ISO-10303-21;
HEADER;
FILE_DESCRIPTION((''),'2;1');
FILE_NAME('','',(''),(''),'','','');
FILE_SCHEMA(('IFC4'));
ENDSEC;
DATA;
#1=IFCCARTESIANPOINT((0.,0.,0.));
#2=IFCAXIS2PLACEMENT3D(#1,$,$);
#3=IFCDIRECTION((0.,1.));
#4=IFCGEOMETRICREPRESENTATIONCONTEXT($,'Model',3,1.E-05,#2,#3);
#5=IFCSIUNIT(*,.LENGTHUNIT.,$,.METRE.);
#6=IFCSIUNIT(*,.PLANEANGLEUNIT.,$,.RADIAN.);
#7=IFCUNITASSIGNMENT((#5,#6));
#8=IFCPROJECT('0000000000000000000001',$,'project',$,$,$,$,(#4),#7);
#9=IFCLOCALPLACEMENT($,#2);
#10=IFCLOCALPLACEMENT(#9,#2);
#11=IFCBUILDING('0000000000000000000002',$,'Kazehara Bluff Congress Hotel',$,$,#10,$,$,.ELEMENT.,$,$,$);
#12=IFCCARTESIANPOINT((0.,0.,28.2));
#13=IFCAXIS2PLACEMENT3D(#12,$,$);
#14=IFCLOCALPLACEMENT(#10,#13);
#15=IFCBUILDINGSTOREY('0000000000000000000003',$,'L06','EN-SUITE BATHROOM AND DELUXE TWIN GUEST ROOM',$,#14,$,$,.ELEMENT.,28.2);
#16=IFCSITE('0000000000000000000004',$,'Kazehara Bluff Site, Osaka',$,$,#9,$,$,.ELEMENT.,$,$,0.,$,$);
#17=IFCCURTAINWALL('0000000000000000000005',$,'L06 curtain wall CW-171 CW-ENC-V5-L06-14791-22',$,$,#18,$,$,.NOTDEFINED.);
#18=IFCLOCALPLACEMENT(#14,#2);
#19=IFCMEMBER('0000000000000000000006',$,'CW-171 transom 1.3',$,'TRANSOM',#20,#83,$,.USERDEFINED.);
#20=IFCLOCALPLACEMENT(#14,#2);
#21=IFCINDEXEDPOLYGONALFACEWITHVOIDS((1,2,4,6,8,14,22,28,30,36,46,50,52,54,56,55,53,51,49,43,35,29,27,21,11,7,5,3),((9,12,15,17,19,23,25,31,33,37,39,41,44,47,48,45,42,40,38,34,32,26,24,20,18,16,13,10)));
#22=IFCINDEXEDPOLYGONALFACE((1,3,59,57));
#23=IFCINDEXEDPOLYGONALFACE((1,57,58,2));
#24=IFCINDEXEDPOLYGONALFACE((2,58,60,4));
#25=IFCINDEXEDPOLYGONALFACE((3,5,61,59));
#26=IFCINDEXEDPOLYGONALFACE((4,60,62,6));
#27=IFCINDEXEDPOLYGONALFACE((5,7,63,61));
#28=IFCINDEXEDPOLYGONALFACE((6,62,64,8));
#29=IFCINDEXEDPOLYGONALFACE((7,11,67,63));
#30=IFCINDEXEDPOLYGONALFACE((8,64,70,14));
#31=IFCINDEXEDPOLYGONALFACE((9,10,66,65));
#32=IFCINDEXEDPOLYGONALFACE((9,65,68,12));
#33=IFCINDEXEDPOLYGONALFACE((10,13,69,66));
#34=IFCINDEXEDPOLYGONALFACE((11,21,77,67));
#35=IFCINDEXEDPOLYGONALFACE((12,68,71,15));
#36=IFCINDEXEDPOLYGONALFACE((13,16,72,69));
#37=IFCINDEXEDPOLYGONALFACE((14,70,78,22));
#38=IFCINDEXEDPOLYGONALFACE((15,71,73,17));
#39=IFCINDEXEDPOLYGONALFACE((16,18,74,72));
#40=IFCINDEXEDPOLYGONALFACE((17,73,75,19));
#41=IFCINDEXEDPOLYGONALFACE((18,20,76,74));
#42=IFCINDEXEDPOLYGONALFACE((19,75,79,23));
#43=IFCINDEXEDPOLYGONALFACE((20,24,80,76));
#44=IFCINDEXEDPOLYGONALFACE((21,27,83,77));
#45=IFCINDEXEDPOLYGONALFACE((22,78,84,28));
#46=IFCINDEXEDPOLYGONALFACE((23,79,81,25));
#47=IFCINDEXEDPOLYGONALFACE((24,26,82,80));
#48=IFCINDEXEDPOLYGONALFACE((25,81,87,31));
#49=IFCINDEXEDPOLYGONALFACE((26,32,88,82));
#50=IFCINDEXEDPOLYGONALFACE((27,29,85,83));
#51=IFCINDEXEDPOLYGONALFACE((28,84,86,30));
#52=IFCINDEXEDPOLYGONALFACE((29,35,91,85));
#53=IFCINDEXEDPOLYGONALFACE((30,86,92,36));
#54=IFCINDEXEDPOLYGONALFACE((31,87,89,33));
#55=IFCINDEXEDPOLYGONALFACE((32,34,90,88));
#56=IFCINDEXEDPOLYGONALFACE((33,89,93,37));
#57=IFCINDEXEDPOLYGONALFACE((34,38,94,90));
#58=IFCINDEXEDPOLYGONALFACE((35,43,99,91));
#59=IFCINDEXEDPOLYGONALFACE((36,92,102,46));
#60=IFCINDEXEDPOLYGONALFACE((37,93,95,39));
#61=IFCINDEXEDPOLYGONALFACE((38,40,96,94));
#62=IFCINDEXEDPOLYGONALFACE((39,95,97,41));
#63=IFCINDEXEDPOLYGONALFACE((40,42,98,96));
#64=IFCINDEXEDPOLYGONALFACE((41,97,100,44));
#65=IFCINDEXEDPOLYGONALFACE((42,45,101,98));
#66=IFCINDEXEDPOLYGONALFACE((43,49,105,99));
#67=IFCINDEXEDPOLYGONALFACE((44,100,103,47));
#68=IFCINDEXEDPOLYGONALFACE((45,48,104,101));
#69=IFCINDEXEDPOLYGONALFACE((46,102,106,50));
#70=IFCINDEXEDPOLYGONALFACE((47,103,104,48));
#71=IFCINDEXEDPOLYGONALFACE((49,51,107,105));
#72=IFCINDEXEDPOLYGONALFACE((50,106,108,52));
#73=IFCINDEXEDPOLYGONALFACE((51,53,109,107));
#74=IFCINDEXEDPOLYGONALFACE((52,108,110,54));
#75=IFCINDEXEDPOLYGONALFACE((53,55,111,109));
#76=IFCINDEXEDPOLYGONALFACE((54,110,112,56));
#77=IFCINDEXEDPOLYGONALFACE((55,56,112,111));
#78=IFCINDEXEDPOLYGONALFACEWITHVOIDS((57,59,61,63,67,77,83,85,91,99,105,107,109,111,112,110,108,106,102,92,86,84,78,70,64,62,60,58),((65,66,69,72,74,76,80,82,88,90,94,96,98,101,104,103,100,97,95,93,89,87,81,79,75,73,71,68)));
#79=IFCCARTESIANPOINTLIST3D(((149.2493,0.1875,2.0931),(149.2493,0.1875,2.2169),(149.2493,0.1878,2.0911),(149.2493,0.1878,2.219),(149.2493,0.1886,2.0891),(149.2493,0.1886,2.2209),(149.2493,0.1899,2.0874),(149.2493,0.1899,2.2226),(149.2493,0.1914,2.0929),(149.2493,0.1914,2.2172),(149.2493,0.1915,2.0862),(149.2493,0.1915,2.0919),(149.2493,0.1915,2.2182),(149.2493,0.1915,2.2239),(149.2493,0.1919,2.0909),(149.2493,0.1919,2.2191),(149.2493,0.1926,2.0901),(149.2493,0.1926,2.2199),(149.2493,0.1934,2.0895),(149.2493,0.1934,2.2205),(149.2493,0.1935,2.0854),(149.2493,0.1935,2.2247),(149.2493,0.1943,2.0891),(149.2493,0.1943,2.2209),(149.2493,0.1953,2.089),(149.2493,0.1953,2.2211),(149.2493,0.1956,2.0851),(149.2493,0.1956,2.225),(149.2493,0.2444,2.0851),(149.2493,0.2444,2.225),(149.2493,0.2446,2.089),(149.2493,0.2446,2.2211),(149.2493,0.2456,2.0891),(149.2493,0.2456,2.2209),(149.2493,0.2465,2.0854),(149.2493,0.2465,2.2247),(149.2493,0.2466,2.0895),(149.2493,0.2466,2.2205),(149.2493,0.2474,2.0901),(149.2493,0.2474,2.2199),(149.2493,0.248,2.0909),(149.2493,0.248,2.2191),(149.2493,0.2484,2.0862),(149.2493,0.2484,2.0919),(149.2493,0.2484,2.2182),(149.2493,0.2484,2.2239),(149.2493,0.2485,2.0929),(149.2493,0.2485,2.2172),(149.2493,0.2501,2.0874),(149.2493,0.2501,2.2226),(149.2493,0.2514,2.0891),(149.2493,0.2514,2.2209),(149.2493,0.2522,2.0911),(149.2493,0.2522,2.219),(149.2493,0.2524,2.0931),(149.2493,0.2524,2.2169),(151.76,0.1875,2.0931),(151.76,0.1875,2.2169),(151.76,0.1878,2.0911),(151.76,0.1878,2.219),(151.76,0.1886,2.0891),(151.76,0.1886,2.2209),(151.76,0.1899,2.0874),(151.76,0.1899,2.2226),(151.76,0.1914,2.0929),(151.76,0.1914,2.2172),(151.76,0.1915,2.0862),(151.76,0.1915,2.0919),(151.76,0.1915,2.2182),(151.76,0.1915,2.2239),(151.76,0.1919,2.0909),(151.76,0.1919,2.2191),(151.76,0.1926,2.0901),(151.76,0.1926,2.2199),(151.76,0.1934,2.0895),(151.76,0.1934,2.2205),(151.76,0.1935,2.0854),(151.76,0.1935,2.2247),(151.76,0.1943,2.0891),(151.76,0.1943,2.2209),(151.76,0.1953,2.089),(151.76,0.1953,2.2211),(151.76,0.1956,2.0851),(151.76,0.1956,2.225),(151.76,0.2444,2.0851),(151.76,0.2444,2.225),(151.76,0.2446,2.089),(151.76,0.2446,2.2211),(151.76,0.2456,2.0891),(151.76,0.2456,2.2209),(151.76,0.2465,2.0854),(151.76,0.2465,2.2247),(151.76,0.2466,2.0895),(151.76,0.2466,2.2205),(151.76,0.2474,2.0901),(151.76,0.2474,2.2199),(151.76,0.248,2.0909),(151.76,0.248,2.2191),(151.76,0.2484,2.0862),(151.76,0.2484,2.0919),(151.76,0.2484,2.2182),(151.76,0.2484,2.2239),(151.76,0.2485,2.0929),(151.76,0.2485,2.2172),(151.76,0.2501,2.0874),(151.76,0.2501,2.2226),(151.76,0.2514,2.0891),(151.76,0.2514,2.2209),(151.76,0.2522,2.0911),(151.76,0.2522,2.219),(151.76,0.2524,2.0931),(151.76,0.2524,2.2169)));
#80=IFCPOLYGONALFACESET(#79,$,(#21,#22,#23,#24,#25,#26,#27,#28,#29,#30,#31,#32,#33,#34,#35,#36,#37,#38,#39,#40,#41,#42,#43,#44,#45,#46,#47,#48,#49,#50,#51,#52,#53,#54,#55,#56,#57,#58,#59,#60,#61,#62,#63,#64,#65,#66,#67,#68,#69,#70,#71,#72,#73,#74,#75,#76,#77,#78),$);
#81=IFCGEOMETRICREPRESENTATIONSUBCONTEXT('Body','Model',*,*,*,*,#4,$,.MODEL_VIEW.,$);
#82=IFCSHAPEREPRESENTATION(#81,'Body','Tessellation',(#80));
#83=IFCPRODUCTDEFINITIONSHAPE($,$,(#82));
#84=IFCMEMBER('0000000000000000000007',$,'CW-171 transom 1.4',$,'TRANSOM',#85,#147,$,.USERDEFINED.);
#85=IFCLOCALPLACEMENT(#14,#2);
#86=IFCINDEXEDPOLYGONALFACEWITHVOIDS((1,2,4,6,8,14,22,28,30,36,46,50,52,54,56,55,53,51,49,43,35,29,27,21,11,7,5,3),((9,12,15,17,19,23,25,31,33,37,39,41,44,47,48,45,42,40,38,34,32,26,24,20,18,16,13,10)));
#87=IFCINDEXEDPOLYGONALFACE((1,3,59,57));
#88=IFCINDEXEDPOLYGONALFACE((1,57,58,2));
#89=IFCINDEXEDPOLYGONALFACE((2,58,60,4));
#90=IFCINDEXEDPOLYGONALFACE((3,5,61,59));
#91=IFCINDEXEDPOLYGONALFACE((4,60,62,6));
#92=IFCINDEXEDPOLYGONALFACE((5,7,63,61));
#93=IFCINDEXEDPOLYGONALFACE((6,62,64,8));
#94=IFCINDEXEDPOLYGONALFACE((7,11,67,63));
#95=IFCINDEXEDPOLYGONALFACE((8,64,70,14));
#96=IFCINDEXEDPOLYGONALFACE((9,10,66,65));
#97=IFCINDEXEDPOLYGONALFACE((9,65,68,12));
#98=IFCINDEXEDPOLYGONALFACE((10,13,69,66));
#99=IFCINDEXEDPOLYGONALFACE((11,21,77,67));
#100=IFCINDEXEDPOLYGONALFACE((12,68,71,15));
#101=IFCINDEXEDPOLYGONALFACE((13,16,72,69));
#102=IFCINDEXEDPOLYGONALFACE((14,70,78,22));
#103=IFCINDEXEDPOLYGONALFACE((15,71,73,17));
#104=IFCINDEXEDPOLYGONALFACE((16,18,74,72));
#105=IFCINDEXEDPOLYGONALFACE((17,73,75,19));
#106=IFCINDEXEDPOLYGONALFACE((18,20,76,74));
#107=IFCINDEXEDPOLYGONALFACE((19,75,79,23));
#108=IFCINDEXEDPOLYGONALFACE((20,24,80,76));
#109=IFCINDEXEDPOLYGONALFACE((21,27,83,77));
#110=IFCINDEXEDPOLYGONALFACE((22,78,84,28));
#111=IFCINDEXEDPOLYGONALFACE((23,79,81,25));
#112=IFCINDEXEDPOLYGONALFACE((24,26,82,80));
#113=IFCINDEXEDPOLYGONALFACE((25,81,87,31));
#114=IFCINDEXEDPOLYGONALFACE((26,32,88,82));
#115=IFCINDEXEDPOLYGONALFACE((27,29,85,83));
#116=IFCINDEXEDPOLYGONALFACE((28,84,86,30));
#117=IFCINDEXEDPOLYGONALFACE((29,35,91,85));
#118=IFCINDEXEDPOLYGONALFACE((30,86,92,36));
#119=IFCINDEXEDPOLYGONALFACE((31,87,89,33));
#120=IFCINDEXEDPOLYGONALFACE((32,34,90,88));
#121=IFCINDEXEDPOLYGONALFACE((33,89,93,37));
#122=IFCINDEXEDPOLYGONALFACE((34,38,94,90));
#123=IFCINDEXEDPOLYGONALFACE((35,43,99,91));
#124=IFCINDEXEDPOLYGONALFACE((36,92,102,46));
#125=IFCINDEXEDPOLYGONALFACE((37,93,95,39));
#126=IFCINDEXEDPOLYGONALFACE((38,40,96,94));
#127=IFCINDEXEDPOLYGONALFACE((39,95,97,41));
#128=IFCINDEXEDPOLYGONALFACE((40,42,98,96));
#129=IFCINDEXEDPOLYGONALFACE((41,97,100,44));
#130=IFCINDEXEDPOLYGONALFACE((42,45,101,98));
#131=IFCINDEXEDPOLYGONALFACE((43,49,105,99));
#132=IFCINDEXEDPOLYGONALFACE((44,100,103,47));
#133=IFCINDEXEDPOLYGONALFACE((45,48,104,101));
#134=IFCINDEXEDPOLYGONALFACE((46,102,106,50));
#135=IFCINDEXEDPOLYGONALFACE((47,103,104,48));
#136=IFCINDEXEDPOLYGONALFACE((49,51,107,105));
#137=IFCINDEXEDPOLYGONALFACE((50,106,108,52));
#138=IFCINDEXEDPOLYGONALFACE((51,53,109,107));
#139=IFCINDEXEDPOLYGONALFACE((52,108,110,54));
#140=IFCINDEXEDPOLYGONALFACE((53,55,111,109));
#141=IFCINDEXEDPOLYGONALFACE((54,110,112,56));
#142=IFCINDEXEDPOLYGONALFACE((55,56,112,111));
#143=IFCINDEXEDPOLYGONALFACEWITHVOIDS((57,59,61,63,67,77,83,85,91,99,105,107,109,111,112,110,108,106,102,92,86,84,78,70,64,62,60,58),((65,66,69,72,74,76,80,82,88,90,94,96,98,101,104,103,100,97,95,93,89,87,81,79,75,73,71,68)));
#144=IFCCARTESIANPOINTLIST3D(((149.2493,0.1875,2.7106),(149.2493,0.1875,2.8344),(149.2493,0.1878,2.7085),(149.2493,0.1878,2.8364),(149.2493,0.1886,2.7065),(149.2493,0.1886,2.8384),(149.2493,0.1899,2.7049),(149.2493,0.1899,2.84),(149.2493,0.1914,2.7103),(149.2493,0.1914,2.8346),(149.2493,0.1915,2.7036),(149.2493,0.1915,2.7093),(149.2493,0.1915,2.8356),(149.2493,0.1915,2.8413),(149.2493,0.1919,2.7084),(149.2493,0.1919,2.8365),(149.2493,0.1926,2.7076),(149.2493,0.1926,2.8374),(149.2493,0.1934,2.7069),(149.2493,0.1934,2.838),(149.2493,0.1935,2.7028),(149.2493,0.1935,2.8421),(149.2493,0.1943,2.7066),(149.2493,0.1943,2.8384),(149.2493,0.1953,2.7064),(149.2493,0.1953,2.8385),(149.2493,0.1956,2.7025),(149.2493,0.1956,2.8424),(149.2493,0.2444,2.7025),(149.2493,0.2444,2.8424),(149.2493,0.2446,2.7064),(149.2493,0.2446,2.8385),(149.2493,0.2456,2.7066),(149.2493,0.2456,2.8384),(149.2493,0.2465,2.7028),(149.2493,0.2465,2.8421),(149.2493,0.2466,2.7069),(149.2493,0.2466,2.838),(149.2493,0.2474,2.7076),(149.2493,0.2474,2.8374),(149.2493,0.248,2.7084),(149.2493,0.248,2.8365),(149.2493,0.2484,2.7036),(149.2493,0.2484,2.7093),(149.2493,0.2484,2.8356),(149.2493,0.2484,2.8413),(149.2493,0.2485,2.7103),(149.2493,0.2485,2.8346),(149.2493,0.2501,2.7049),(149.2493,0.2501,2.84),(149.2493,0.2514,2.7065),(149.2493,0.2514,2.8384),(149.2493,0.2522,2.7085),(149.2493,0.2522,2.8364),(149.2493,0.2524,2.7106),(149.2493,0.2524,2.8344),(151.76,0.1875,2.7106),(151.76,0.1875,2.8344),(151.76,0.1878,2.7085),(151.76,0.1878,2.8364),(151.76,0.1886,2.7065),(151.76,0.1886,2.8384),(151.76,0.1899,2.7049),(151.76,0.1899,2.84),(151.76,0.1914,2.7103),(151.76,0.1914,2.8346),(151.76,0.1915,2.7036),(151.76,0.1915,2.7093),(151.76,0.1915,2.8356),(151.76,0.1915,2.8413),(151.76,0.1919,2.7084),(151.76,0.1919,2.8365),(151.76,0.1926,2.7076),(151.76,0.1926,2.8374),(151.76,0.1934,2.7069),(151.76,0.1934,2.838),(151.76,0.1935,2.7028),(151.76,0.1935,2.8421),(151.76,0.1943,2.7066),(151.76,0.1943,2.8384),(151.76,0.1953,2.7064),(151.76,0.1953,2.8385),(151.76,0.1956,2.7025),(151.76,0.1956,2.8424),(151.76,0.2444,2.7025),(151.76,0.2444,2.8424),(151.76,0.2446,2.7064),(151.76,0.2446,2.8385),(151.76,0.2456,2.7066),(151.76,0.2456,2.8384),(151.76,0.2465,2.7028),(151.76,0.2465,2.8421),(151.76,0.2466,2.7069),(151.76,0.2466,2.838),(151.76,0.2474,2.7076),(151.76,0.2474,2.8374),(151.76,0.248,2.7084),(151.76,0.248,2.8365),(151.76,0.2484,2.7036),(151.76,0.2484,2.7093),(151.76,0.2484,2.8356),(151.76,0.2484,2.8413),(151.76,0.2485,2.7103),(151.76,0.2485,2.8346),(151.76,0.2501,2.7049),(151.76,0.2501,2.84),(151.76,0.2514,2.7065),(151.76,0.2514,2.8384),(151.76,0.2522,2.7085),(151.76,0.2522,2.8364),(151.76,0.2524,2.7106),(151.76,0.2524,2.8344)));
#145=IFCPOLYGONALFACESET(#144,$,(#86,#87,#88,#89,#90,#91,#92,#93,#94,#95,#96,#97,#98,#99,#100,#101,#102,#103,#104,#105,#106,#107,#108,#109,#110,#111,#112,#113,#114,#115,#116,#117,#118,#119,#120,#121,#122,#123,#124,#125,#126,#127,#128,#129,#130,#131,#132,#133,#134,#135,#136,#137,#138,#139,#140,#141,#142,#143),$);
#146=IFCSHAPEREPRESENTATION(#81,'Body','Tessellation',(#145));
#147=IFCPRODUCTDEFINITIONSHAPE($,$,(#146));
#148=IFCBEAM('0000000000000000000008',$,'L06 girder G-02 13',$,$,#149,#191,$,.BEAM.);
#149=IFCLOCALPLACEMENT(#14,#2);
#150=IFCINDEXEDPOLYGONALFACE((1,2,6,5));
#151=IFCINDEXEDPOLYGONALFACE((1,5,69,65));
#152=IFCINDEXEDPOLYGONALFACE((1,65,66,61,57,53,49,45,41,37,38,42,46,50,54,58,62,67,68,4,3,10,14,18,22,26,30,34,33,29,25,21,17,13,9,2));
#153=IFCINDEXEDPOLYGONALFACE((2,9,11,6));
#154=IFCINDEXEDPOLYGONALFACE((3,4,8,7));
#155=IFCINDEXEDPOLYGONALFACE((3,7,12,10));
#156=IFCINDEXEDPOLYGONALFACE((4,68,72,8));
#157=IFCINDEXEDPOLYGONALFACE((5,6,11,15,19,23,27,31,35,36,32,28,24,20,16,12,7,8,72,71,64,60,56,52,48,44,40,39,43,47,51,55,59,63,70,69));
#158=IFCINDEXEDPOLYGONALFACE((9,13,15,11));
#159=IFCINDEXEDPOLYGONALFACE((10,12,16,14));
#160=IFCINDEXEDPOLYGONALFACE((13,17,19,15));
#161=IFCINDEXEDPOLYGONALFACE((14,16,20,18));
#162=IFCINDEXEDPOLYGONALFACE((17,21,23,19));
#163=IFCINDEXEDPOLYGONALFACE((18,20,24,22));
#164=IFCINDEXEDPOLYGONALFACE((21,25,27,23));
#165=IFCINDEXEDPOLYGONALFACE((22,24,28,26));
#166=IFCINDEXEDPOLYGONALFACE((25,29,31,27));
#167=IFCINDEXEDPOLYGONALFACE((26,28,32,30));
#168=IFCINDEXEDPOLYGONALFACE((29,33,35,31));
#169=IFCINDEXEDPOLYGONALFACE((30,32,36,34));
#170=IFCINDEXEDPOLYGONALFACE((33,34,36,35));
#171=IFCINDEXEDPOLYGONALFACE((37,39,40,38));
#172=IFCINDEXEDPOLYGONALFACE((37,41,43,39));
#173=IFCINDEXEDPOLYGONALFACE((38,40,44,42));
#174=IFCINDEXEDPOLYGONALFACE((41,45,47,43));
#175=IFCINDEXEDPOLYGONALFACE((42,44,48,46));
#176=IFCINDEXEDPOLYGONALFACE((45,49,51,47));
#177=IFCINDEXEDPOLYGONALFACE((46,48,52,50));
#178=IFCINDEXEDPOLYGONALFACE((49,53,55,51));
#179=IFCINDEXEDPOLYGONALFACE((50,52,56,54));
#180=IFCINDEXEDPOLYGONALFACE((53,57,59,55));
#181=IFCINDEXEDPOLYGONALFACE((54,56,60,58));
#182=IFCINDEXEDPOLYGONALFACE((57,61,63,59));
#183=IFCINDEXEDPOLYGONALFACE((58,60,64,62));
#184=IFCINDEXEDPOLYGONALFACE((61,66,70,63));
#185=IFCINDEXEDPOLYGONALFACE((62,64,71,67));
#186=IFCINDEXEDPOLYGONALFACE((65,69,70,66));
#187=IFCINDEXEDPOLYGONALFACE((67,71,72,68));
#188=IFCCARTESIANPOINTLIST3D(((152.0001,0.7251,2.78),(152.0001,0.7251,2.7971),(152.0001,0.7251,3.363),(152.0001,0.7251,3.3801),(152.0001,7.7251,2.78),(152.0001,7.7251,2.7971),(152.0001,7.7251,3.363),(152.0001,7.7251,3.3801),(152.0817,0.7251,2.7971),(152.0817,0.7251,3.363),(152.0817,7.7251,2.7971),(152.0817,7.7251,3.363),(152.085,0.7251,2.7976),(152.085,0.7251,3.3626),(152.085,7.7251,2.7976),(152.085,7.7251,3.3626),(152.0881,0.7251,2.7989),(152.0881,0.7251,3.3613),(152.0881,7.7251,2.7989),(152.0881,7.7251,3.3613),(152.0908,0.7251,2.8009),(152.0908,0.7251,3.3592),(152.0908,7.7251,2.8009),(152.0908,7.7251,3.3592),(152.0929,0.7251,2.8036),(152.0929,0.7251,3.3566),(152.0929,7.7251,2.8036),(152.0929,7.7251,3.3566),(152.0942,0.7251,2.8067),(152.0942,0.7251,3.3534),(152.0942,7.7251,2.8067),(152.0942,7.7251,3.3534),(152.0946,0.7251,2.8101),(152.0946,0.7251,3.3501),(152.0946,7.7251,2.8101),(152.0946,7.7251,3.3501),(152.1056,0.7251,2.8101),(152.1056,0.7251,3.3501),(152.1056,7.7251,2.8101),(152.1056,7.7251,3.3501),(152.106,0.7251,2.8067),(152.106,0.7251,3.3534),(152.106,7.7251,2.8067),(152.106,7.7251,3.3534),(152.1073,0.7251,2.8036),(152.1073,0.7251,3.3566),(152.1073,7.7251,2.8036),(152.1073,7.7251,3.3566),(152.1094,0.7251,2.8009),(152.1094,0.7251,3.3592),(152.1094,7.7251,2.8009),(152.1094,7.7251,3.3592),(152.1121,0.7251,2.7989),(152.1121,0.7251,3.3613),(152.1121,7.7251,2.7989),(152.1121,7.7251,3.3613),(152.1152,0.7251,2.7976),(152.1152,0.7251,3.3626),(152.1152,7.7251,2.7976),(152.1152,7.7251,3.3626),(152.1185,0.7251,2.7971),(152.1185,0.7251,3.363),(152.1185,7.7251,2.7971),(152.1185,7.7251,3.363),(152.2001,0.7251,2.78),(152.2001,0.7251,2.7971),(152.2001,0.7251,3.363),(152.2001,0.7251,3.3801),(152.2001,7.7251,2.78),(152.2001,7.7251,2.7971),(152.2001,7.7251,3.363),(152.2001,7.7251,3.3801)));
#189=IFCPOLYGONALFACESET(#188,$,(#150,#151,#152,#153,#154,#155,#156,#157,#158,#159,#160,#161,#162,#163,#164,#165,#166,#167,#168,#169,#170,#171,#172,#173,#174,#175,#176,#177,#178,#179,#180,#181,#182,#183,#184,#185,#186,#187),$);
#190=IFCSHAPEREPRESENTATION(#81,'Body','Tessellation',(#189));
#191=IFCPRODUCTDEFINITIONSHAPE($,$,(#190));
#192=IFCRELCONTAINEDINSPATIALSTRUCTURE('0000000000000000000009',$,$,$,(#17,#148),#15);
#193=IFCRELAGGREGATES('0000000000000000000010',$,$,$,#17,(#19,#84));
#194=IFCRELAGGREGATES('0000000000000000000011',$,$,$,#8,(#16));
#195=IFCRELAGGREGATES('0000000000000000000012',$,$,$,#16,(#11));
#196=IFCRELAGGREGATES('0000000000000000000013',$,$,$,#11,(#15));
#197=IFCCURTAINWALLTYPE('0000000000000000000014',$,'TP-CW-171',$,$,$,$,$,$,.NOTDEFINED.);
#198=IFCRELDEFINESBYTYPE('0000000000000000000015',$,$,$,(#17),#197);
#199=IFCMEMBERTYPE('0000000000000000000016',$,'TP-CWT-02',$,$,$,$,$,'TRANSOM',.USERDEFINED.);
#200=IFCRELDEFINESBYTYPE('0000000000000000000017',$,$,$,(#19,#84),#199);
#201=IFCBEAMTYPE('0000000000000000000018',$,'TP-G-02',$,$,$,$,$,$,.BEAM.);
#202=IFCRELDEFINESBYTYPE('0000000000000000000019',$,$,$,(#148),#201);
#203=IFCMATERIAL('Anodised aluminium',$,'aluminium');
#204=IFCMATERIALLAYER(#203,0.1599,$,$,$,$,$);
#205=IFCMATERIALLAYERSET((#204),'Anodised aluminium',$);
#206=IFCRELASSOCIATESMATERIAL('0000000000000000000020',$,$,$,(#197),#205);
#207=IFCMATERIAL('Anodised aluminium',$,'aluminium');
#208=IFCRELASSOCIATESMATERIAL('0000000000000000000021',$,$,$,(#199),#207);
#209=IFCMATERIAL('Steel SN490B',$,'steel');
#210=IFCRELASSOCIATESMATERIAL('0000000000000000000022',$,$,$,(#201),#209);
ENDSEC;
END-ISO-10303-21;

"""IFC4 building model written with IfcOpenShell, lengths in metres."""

from ifc_helpers import new_model, si_unit, direction, frame, origin, origin_2d, place, context, subcontext, project, spatial, hollow_rectangle, i_section, extrude, material, layer, layer_set, material_profile, profile_set, type_object, element, aggregate, save


model = new_model("IFC4")

# Units and contexts
model_context = context("Model", 3, precision=1e-05, world=origin(), true_north=direction((0.0, 1.0)))
body_context = subcontext(model_context, "Body", "Model", "MODEL_VIEW")
ifc_project = project(units=[si_unit("LENGTHUNIT", "METRE"), si_unit("PLANEANGLEUNIT", "RADIAN")], contexts=[model_context])

# Site, building, storey
site_placement = place(None, origin())
site = spatial("IfcSite", under=ifc_project, at=site_placement, Name="Kazehara Bluff Site, Osaka", CompositionType="ELEMENT", RefElevation=0.0)
building_placement = place(site_placement, origin())
building = spatial("IfcBuilding", under=site, at=building_placement, Name="Kazehara Bluff Congress Hotel", CompositionType="ELEMENT")
storey_placement = place(building_placement, frame((0.0, 0.0, 28.2)))
storey = spatial("IfcBuildingStorey", under=building, at=storey_placement, Name="L06", Description="EN-SUITE BATHROOM AND DELUXE TWIN GUEST ROOM", CompositionType="ELEMENT", Elevation=28.2)

# Curtain wall, members
ifc_material_1 = material(Name="Anodised aluminium", Category="aluminium")
ifc_layer_1 = layer(ifc_material_1, 0.1599)
ifc_layer_set_1 = layer_set([ifc_layer_1], Name="Anodised aluminium")
curtain_wall_type = type_object("IfcCurtainWallType", Name="TP-CW-171", PredefinedType="NOTDEFINED", material=ifc_layer_set_1)
curtain_wall_placement = place(storey_placement, origin())
curtain_wall = element("IfcCurtainWall", 1, at=curtain_wall_placement, inside=storey, type_object=curtain_wall_type, Name="L06 curtain wall CW-171 CW-ENC-V5-L06-14791-22", PredefinedType="NOTDEFINED")
ifc_material_2 = material(Name="Anodised aluminium", Category="aluminium")
ifc_material_profile_1 = material_profile(ifc_material_2, hollow_rectangle(XDim=0.0649, YDim=0.1399, WallThickness=0.0039, InnerFilletRadius=0.0039, OuterFilletRadius=0.0081, at=origin_2d()))
ifc_profile_set_1 = profile_set([ifc_material_profile_1], Name="Anodised aluminium")
member_type_1 = type_object("IfcMemberType", Name="TP-CWT-02", ElementType="TRANSOM", PredefinedType="USERDEFINED", material=ifc_profile_set_1)
member_1_placement = place(storey_placement, frame((151.76, 0.22, 2.155), z_axis=(-1.0, 0.0, 0.0), x_axis=(0.0, -1.0, 0.0)))
member_1 = element("IfcMember", 2, at=member_1_placement, type_object=member_type_1, Name="CW-171 transom 1.3", ObjectType="TRANSOM", PredefinedType="USERDEFINED", context=body_context, shape_type="SweptSolid", body=[
    extrude(hollow_rectangle(XDim=0.0649, YDim=0.1399, WallThickness=0.0039, InnerFilletRadius=0.0039, OuterFilletRadius=0.0081, at=origin_2d()), origin(), (0.0, 0.0, 1.0), 2.5107),
])
member_2_placement = place(storey_placement, frame((151.76, 0.22, 2.7725), z_axis=(-1.0, 0.0, 0.0), x_axis=(0.0, -1.0, 0.0)))
member_2 = element("IfcMember", 3, at=member_2_placement, type_object=member_type_1, Name="CW-171 transom 1.4", ObjectType="TRANSOM", PredefinedType="USERDEFINED", context=body_context, shape_type="SweptSolid", body=[
    extrude(hollow_rectangle(XDim=0.0649, YDim=0.1399, WallThickness=0.0039, InnerFilletRadius=0.0039, OuterFilletRadius=0.0081, at=origin_2d()), origin(), (0.0, 0.0, 1.0), 2.5107),
])
aggregate(curtain_wall, [member_1, member_2])

# Beam
ifc_material_3 = material(Name="Steel SN490B", Category="steel")
ifc_material_profile_2 = material_profile(ifc_material_3, i_section(OverallWidth=0.2, OverallDepth=0.6001, WebThickness=0.011, FlangeThickness=0.0171, FilletRadius=0.0129, at=origin_2d()))
ifc_profile_set_2 = profile_set([ifc_material_profile_2], Name="Steel SN490B")
beam_type_1 = type_object("IfcBeamType", Name="TP-G-02", PredefinedType="BEAM", material=ifc_profile_set_2)
beam_1_placement = place(storey_placement, frame((152.1001, 0.7251, 3.0801), z_axis=(0.0, 1.0, 0.0), x_axis=(-1.0, 0.0, 0.0)))
element("IfcBeam", 4, at=beam_1_placement, inside=storey, type_object=beam_type_1, Name="L06 girder G-02 13", PredefinedType="BEAM", context=body_context, shape_type="SweptSolid", body=[
    extrude(i_section(OverallWidth=0.2, OverallDepth=0.6001, WebThickness=0.011, FlangeThickness=0.0171, FilletRadius=0.0129, at=origin_2d()), origin(), (0.0, 0.0, 1.0), 7.0),
])

save(model, "model.ifc")
